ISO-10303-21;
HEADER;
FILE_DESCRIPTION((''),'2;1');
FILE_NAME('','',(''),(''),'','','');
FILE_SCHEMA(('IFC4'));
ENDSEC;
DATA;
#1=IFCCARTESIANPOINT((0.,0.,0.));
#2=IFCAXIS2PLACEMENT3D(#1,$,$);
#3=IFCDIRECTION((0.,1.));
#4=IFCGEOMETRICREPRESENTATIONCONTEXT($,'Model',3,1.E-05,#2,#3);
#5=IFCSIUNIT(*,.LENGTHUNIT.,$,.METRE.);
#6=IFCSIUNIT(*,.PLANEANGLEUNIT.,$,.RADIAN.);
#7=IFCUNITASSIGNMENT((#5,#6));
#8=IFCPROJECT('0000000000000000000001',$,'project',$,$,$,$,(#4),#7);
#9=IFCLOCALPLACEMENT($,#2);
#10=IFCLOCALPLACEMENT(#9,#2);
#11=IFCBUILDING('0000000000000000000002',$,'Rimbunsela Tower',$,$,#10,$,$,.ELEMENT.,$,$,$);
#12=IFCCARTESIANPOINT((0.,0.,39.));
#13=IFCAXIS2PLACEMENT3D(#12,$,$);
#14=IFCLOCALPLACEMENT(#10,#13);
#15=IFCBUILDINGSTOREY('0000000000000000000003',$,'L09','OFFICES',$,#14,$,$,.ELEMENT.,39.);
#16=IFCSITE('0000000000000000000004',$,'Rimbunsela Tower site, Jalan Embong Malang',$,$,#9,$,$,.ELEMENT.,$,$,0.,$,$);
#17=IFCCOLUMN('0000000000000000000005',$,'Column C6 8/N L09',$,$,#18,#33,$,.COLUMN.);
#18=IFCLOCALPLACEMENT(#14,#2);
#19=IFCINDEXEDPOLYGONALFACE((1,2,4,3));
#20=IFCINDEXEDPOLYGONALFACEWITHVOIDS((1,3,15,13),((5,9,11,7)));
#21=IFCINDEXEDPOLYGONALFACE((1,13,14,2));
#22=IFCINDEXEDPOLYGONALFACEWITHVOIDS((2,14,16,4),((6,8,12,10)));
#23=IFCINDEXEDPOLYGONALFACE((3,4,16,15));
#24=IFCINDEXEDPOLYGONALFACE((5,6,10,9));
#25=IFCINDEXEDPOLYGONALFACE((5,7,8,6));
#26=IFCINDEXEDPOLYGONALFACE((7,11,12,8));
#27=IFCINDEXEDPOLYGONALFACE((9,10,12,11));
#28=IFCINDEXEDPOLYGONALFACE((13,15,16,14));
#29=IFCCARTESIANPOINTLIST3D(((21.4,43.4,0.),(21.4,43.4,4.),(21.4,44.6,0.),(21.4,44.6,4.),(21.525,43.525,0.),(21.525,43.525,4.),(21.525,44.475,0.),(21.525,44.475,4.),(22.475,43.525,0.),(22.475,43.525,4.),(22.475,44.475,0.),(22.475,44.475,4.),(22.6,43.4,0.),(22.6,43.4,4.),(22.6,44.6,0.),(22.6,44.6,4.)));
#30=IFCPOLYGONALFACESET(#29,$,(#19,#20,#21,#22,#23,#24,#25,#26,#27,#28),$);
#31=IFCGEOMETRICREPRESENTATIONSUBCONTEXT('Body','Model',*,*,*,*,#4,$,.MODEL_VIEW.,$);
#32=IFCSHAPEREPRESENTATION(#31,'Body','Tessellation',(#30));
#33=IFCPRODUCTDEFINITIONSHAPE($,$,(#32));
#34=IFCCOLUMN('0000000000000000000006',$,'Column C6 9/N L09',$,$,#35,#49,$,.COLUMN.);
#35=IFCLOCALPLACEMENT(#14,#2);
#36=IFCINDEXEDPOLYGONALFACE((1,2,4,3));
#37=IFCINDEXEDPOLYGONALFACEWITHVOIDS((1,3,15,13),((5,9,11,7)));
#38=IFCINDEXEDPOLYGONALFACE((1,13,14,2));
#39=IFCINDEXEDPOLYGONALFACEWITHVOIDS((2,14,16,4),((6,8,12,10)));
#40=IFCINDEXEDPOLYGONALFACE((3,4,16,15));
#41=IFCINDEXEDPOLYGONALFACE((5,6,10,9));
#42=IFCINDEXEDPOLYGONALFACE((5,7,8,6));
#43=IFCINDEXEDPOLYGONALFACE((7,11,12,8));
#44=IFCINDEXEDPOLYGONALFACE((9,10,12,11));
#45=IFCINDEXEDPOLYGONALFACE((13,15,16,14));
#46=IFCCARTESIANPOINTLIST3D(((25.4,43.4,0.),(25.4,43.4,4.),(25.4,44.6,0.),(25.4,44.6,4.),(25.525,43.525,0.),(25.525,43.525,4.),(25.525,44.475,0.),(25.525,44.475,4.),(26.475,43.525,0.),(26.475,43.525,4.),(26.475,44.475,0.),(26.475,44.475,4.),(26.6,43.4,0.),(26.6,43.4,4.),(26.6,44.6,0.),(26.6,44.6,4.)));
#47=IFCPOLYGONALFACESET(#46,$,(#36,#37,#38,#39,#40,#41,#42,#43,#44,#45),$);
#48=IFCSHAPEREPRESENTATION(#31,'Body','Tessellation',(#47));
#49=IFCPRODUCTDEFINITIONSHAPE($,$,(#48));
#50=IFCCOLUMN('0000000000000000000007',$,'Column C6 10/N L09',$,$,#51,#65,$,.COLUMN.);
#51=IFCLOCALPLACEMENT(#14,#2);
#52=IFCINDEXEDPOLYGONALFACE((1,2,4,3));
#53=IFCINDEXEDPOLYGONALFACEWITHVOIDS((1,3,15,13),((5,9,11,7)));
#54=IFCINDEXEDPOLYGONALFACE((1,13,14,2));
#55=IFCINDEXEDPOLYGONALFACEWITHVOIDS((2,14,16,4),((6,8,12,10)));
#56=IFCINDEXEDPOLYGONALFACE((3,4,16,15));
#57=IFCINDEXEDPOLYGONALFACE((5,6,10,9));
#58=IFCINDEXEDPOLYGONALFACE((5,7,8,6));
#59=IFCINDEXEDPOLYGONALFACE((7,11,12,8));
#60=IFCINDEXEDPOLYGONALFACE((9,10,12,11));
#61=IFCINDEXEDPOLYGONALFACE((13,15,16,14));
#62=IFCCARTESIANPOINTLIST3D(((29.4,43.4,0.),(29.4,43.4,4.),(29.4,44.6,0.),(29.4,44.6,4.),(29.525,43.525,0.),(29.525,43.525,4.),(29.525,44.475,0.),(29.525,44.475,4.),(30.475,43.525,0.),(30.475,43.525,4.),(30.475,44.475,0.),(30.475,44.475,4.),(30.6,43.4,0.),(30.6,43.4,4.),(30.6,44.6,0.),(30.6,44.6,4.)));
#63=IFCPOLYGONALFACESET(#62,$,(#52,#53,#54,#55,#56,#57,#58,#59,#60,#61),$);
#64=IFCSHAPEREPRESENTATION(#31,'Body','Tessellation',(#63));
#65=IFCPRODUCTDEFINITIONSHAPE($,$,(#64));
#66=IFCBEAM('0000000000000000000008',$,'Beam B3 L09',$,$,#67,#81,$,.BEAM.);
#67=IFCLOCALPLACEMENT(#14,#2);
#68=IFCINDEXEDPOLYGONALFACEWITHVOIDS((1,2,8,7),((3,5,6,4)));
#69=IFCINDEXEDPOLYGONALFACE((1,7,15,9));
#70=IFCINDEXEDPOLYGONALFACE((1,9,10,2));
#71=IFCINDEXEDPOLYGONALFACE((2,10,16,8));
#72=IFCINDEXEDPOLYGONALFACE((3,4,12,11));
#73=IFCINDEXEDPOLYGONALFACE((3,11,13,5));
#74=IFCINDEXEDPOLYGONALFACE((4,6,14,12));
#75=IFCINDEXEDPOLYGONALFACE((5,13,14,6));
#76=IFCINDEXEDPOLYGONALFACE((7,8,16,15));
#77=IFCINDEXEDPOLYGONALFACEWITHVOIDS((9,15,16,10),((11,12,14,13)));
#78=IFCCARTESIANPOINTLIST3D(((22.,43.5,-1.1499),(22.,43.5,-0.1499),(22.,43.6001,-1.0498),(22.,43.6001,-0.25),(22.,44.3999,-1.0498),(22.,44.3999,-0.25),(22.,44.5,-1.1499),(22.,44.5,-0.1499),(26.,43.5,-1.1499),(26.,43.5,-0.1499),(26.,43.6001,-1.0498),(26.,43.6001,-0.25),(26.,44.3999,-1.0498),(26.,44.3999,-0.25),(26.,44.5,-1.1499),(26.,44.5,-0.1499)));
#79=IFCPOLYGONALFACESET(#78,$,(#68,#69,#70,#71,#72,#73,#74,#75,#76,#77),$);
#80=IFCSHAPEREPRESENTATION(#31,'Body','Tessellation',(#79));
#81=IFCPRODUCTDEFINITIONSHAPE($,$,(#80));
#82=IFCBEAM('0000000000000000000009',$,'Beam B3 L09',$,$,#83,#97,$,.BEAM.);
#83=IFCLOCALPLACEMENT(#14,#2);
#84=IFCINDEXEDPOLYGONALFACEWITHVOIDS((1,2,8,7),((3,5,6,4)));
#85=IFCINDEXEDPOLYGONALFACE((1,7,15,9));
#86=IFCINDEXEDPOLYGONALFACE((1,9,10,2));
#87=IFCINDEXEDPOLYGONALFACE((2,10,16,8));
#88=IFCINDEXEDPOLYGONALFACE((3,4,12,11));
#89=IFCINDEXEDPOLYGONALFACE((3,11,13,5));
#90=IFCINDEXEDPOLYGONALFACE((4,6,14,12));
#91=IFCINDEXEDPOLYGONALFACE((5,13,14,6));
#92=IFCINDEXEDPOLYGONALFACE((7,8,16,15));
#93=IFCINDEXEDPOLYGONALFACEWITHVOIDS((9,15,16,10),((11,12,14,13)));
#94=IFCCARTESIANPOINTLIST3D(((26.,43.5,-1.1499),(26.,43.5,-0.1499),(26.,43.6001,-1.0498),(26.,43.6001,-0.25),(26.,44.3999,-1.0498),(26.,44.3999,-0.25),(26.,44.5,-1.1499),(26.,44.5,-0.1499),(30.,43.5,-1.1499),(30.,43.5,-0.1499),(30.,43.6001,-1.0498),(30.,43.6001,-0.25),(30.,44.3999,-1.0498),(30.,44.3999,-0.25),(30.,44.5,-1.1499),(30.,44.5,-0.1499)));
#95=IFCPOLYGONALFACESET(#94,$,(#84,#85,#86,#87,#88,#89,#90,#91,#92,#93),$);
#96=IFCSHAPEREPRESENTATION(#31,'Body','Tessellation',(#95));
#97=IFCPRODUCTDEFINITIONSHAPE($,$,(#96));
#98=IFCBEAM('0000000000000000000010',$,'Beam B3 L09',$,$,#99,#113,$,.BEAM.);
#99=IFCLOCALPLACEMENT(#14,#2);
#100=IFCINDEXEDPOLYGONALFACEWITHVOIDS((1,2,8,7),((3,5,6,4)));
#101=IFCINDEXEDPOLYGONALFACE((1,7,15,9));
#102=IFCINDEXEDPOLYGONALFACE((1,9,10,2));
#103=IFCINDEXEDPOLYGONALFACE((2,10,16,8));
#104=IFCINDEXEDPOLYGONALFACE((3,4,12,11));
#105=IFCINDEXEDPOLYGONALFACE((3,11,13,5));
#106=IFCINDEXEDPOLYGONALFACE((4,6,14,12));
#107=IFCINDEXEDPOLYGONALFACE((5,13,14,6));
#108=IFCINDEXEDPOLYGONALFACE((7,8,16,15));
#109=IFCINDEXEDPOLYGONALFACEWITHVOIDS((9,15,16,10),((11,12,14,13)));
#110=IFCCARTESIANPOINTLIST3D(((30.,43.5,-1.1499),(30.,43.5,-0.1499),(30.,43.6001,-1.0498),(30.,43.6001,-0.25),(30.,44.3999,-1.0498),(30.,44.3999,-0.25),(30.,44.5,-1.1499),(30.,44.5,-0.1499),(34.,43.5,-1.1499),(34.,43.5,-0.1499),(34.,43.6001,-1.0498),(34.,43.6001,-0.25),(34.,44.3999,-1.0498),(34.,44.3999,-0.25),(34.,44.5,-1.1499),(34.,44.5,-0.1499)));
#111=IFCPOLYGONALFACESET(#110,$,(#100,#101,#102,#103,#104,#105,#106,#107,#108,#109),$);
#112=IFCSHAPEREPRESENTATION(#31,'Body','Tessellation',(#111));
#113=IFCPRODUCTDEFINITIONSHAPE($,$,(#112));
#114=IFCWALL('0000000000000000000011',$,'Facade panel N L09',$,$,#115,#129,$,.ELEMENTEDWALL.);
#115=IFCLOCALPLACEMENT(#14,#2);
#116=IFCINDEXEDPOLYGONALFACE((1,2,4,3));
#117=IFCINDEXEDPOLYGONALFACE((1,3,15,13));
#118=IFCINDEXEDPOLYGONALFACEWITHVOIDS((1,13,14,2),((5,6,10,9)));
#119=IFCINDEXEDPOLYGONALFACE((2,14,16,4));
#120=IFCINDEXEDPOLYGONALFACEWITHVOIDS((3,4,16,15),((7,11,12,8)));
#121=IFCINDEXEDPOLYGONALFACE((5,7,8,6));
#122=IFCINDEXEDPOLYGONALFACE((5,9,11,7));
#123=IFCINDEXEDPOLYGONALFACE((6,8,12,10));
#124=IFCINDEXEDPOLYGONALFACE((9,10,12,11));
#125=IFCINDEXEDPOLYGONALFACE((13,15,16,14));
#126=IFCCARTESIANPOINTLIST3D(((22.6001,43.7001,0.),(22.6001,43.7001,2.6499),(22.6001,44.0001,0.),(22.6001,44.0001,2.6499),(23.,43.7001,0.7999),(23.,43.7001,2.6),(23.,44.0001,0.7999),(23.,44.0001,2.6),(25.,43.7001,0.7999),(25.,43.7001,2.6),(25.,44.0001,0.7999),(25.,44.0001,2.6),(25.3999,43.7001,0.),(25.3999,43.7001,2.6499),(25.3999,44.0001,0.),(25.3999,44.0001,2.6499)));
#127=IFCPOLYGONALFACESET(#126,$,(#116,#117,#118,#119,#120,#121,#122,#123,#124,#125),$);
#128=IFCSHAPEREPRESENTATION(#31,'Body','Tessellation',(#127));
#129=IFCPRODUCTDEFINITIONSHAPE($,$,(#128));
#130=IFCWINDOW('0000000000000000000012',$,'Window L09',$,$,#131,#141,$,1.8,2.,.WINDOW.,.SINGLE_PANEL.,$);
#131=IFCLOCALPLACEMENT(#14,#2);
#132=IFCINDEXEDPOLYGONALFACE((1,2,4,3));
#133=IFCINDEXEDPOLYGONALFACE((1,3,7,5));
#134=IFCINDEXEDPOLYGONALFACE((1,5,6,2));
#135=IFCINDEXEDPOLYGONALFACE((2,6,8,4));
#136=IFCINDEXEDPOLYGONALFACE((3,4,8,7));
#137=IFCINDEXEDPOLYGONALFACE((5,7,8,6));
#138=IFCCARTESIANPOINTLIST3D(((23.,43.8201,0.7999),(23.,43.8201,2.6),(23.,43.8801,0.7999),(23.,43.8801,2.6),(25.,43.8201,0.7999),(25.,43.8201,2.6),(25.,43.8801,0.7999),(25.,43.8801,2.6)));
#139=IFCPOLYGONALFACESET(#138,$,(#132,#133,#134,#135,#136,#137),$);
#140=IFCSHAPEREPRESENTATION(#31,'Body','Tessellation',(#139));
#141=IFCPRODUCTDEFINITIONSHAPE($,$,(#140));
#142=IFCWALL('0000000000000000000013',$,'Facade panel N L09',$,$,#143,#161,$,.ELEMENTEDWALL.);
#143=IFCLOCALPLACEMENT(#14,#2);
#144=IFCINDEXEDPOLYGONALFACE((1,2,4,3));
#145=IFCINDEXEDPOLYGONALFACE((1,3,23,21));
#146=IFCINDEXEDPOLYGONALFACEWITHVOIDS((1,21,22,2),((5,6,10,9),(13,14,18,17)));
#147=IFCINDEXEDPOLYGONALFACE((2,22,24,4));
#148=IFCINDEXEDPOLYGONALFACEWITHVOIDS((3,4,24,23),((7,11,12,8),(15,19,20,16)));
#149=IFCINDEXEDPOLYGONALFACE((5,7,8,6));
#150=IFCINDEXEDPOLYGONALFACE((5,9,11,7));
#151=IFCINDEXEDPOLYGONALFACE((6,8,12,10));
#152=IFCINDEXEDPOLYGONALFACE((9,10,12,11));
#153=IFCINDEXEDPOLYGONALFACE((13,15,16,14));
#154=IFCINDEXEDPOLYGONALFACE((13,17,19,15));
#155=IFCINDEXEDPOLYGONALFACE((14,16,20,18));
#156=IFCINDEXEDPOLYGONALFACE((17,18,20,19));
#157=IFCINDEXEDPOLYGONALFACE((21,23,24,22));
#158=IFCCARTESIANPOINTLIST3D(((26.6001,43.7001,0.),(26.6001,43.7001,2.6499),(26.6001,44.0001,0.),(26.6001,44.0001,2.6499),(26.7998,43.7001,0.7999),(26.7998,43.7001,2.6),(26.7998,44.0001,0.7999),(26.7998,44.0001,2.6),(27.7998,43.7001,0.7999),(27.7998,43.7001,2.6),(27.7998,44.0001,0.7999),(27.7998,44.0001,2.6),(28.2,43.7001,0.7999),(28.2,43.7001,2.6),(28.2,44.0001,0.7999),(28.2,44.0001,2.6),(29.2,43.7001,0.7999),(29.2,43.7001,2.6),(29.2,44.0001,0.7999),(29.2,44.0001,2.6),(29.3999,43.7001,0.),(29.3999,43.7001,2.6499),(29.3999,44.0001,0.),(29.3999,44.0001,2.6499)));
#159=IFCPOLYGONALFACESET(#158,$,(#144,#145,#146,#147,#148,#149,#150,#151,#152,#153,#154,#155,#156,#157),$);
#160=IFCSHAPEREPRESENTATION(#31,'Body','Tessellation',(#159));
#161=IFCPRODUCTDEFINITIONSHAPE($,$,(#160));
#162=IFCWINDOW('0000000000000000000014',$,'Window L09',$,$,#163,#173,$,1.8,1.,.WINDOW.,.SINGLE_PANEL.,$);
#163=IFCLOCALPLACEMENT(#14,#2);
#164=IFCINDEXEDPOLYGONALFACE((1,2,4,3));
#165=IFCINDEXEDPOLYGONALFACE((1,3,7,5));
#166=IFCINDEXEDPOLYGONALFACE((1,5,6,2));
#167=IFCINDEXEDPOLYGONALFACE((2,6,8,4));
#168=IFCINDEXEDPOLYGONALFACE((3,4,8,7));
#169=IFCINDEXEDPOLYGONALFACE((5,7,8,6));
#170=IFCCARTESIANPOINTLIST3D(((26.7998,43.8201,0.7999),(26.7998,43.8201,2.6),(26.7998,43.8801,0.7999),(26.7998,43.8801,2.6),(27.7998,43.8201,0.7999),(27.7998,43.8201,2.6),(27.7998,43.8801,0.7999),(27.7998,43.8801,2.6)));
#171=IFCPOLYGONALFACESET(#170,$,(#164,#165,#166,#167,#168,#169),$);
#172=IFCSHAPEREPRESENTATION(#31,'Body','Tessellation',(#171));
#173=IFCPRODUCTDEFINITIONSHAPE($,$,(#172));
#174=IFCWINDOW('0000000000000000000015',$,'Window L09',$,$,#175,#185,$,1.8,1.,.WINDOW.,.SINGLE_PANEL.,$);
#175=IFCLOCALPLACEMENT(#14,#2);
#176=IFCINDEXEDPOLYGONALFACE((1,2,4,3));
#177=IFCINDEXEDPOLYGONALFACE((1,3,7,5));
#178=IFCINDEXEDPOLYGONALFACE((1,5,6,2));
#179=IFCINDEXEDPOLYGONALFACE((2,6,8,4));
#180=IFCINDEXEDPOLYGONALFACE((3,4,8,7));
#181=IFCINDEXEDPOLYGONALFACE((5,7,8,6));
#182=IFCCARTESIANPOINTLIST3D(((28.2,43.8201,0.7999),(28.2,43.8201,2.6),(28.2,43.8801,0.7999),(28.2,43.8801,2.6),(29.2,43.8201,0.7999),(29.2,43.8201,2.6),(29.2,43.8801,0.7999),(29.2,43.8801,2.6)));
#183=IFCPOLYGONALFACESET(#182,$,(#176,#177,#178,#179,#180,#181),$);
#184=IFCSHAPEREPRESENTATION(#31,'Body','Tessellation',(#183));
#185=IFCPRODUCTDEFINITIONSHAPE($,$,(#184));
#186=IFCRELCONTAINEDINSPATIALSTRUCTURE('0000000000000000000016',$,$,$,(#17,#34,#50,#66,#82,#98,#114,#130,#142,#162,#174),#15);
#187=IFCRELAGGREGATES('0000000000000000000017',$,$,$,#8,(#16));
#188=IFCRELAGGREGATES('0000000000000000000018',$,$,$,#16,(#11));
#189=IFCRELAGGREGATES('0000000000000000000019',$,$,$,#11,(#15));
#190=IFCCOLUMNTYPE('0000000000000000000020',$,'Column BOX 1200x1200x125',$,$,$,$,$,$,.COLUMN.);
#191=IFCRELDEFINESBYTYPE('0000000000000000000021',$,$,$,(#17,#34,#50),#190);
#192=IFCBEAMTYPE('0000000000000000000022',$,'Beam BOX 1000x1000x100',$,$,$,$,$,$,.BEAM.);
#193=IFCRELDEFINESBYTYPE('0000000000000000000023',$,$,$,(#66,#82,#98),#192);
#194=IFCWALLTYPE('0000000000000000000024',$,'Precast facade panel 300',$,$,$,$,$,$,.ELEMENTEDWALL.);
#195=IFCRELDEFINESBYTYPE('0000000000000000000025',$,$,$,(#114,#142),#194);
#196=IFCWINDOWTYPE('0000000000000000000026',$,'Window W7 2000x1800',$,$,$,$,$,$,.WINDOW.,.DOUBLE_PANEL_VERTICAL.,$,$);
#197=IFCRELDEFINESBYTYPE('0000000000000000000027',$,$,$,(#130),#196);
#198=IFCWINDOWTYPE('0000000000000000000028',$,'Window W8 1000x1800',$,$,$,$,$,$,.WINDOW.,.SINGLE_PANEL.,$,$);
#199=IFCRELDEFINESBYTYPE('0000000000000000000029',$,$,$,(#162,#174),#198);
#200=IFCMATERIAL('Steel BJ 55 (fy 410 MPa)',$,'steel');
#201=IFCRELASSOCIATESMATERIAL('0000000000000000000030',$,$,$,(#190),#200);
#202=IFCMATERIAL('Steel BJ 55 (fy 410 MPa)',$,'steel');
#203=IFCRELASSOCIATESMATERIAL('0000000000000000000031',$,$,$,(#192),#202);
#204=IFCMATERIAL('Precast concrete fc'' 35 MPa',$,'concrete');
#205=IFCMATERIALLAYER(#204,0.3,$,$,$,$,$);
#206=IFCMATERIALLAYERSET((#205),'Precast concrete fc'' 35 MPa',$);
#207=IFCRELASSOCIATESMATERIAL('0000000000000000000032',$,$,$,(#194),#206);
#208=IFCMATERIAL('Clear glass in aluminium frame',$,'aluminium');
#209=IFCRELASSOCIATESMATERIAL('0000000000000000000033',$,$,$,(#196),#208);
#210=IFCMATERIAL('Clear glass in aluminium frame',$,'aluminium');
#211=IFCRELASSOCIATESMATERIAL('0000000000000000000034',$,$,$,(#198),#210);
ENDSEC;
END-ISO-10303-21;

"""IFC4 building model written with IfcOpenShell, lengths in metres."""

from ifc_helpers import new_model, si_unit, direction, frame, frame_2d, origin, origin_2d, place, context, subcontext, project, spatial, rectangle, hollow_rectangle, extrude, material, layer, layer_set, material_profile, profile_set, type_object, element, fill, save


model = new_model("IFC4")

# Units and contexts
model_context = context("Model", 3, precision=1e-05, world=origin(), true_north=direction((0.0, 1.0)))
body_context = subcontext(model_context, "Body", "Model", "MODEL_VIEW")
ifc_project = project(units=[si_unit("LENGTHUNIT", "METRE"), si_unit("PLANEANGLEUNIT", "RADIAN")], contexts=[model_context])

# Site, building, storey
site_placement = place(None, origin())
site = spatial("IfcSite", under=ifc_project, at=site_placement, Name="Rimbunsela Tower site, Jalan Embong Malang", CompositionType="ELEMENT", RefElevation=0.0)
building_placement = place(site_placement, origin())
building = spatial("IfcBuilding", under=site, at=building_placement, Name="Rimbunsela Tower", CompositionType="ELEMENT")
storey_placement = place(building_placement, frame((0.0, 0.0, 39.0)))
storey = spatial("IfcBuildingStorey", under=building, at=storey_placement, Name="L09", Description="OFFICES", CompositionType="ELEMENT", Elevation=39.0)

# Columns
ifc_material_1 = material(Name="Steel BJ 55 (fy 410 MPa)", Category="steel")
ifc_material_profile_1 = material_profile(ifc_material_1, hollow_rectangle(XDim=1.2, YDim=1.2, WallThickness=0.125, at=origin_2d()), Name="BOX 1200x1200x125")
ifc_profile_set_1 = profile_set([ifc_material_profile_1], Name="Steel BJ 55 (fy 410 MPa)")
column_type = type_object("IfcColumnType", Name="Column BOX 1200x1200x125", PredefinedType="COLUMN", material=ifc_profile_set_1)
for number, where, z_axis, x_axis, name in (
    (1, (22.0, 44.0, 0.0), (0.0, 0.0, 1.0), (1.0, 0.0, 0.0), "Column C6 8/N L09"),
    (2, (26.0, 44.0, 0.0), (0.0, 0.0, 1.0), (1.0, 0.0, 0.0), "Column C6 9/N L09"),
    (3, (30.0, 44.0, 0.0), (0.0, 0.0, 1.0), (1.0, 0.0, 0.0), "Column C6 10/N L09"),
):
    element("IfcColumn", number, at=place(storey_placement, frame(where, z_axis=z_axis, x_axis=x_axis)), inside=storey, type_object=column_type, Name=name, PredefinedType="COLUMN", context=body_context, shape_type="SweptSolid", body=[
        extrude(hollow_rectangle(XDim=1.2, YDim=1.2, WallThickness=0.125, at=origin_2d()), origin(), (0.0, 0.0, 1.0), 4.0),
    ])

# Beams
ifc_material_2 = material(Name="Steel BJ 55 (fy 410 MPa)", Category="steel")
ifc_material_profile_2 = material_profile(ifc_material_2, hollow_rectangle(XDim=1.0, YDim=1.0, WallThickness=0.1001, at=origin_2d()), Name="BOX 1000x1000x100")
ifc_profile_set_2 = profile_set([ifc_material_profile_2], Name="Steel BJ 55 (fy 410 MPa)")
beam_type = type_object("IfcBeamType", Name="Beam BOX 1000x1000x100", PredefinedType="BEAM", material=ifc_profile_set_2)
for number, where, z_axis, x_axis, name in (
    (4, (22.0, 44.0, -0.6499), (1.0, 0.0, 0.0), (0.0, 1.0, 0.0), "Beam B3 L09"),
    (5, (26.0, 44.0, -0.6499), (1.0, 0.0, 0.0), (0.0, 1.0, 0.0), "Beam B3 L09"),
    (6, (30.0, 44.0, -0.6499), (1.0, 0.0, 0.0), (0.0, 1.0, 0.0), "Beam B3 L09"),
):
    element("IfcBeam", number, at=place(storey_placement, frame(where, z_axis=z_axis, x_axis=x_axis)), inside=storey, type_object=beam_type, Name=name, PredefinedType="BEAM", context=body_context, shape_type="SweptSolid", body=[
        extrude(hollow_rectangle(XDim=1.0, YDim=1.0, WallThickness=0.1001, at=origin_2d()), origin(), (0.0, 0.0, 1.0), 4.0),
    ])

# Wall, opening, window
ifc_material_3 = material(Name="Precast concrete fc' 35 MPa", Category="concrete")
ifc_layer_1 = layer(ifc_material_3, 0.3)
ifc_layer_set_1 = layer_set([ifc_layer_1], Name="Precast concrete fc' 35 MPa")
wall_type_1 = type_object("IfcWallType", Name="Precast facade panel 300", PredefinedType="ELEMENTEDWALL", material=ifc_layer_set_1)
wall_1_placement = place(storey_placement, frame((25.3999, 43.8501, 0.0), z_axis=(0.0, 0.0, 1.0), x_axis=(-1.0, 0.0, 0.0)))
wall_1 = element("IfcWall", 7, at=wall_1_placement, inside=storey, type_object=wall_type_1, Name="Facade panel N L09", PredefinedType="ELEMENTEDWALL", context=body_context, shape_type="SweptSolid", body=[
    extrude(rectangle(XDim=2.7998, YDim=0.3, at=frame_2d((1.3999, 0.0))), origin(), (0.0, 0.0, 1.0), 2.6499),
])
opening_1_placement = place(wall_1_placement, frame((0.3999, 0.0, 0.8)))
opening_1 = element("IfcOpeningElement", 8, at=opening_1_placement, cuts=wall_1, PredefinedType="OPENING", context=body_context, shape_type="SweptSolid", body=[
    extrude(rectangle(XDim=2.0, YDim=1.8, at=frame_2d((1.0, 0.8999))), frame((0.0, 0.1599, 0.0), z_axis=(0.0, -1.0, 0.0), x_axis=(1.0, 0.0, 0.0)), (0.0, 0.0, 1.0), 0.3201),
])
ifc_material_4 = material(Name="Clear glass in aluminium frame", Category="aluminium")
window_type_1 = type_object("IfcWindowType", Name="Window W7 2000x1800", PartitioningType="DOUBLE_PANEL_VERTICAL", PredefinedType="WINDOW", material=ifc_material_4)
window_1_placement = place(opening_1_placement, origin())
window_1 = element("IfcWindow", 9, at=window_1_placement, inside=storey, type_object=window_type_1, Name="Window L09", OverallHeight=1.8, OverallWidth=2.0, PartitioningType="SINGLE_PANEL", PredefinedType="WINDOW", context=body_context, shape_type="SweptSolid", body=[
    extrude(rectangle(XDim=2.0, YDim=1.8, at=frame_2d((1.0, 0.8999))), frame((0.0, 0.03, 0.0), z_axis=(0.0, -1.0, 0.0), x_axis=(1.0, 0.0, 0.0)), (0.0, 0.0, 1.0), 0.0601),
])
fill(opening_1, window_1)

# Wall, openings, windows
wall_2_placement = place(storey_placement, frame((29.3999, 43.8501, 0.0), z_axis=(0.0, 0.0, 1.0), x_axis=(-1.0, 0.0, 0.0)))
wall_2 = element("IfcWall", 10, at=wall_2_placement, inside=storey, type_object=wall_type_1, Name="Facade panel N L09", PredefinedType="ELEMENTEDWALL", context=body_context, shape_type="SweptSolid", body=[
    extrude(rectangle(XDim=2.7998, YDim=0.3, at=frame_2d((1.3999, 0.0))), origin(), (0.0, 0.0, 1.0), 2.6499),
])
opening_2_placement = place(wall_2_placement, frame((1.6001, 0.0, 0.8)))
opening_2 = element("IfcOpeningElement", 11, at=opening_2_placement, cuts=wall_2, PredefinedType="OPENING", context=body_context, shape_type="SweptSolid", body=[
    extrude(rectangle(XDim=1.0, YDim=1.8, at=frame_2d((0.5, 0.8999))), frame((0.0, 0.1599, 0.0), z_axis=(0.0, -1.0, 0.0), x_axis=(1.0, 0.0, 0.0)), (0.0, 0.0, 1.0), 0.3201),
])
opening_3_placement = place(wall_2_placement, frame((0.2, 0.0, 0.8)))
opening_3 = element("IfcOpeningElement", 12, at=opening_3_placement, cuts=wall_2, PredefinedType="OPENING", context=body_context, shape_type="SweptSolid", body=[
    extrude(rectangle(XDim=1.0, YDim=1.8, at=frame_2d((0.5, 0.8999))), frame((0.0, 0.1599, 0.0), z_axis=(0.0, -1.0, 0.0), x_axis=(1.0, 0.0, 0.0)), (0.0, 0.0, 1.0), 0.3201),
])
ifc_material_5 = material(Name="Clear glass in aluminium frame", Category="aluminium")
window_type_2 = type_object("IfcWindowType", Name="Window W8 1000x1800", PartitioningType="SINGLE_PANEL", PredefinedType="WINDOW", material=ifc_material_5)
window_2_placement = place(opening_2_placement, origin())
window_2 = element("IfcWindow", 13, at=window_2_placement, inside=storey, type_object=window_type_2, Name="Window L09", OverallHeight=1.8, OverallWidth=1.0, PartitioningType="SINGLE_PANEL", PredefinedType="WINDOW", context=body_context, shape_type="SweptSolid", body=[
    extrude(rectangle(XDim=1.0, YDim=1.8, at=frame_2d((0.5, 0.8999))), frame((0.0, 0.03, 0.0), z_axis=(0.0, -1.0, 0.0), x_axis=(1.0, 0.0, 0.0)), (0.0, 0.0, 1.0), 0.0601),
])
fill(opening_2, window_2)
window_3_placement = place(opening_3_placement, origin())
window_3 = element("IfcWindow", 14, at=window_3_placement, inside=storey, type_object=window_type_2, Name="Window L09", OverallHeight=1.8, OverallWidth=1.0, PartitioningType="SINGLE_PANEL", PredefinedType="WINDOW", context=body_context, shape_type="SweptSolid", body=[
    extrude(rectangle(XDim=1.0, YDim=1.8, at=frame_2d((0.5, 0.8999))), frame((0.0, 0.03, 0.0), z_axis=(0.0, -1.0, 0.0), x_axis=(1.0, 0.0, 0.0)), (0.0, 0.0, 1.0), 0.0601),
])
fill(opening_3, window_3)

save(model, "model.ifc")
